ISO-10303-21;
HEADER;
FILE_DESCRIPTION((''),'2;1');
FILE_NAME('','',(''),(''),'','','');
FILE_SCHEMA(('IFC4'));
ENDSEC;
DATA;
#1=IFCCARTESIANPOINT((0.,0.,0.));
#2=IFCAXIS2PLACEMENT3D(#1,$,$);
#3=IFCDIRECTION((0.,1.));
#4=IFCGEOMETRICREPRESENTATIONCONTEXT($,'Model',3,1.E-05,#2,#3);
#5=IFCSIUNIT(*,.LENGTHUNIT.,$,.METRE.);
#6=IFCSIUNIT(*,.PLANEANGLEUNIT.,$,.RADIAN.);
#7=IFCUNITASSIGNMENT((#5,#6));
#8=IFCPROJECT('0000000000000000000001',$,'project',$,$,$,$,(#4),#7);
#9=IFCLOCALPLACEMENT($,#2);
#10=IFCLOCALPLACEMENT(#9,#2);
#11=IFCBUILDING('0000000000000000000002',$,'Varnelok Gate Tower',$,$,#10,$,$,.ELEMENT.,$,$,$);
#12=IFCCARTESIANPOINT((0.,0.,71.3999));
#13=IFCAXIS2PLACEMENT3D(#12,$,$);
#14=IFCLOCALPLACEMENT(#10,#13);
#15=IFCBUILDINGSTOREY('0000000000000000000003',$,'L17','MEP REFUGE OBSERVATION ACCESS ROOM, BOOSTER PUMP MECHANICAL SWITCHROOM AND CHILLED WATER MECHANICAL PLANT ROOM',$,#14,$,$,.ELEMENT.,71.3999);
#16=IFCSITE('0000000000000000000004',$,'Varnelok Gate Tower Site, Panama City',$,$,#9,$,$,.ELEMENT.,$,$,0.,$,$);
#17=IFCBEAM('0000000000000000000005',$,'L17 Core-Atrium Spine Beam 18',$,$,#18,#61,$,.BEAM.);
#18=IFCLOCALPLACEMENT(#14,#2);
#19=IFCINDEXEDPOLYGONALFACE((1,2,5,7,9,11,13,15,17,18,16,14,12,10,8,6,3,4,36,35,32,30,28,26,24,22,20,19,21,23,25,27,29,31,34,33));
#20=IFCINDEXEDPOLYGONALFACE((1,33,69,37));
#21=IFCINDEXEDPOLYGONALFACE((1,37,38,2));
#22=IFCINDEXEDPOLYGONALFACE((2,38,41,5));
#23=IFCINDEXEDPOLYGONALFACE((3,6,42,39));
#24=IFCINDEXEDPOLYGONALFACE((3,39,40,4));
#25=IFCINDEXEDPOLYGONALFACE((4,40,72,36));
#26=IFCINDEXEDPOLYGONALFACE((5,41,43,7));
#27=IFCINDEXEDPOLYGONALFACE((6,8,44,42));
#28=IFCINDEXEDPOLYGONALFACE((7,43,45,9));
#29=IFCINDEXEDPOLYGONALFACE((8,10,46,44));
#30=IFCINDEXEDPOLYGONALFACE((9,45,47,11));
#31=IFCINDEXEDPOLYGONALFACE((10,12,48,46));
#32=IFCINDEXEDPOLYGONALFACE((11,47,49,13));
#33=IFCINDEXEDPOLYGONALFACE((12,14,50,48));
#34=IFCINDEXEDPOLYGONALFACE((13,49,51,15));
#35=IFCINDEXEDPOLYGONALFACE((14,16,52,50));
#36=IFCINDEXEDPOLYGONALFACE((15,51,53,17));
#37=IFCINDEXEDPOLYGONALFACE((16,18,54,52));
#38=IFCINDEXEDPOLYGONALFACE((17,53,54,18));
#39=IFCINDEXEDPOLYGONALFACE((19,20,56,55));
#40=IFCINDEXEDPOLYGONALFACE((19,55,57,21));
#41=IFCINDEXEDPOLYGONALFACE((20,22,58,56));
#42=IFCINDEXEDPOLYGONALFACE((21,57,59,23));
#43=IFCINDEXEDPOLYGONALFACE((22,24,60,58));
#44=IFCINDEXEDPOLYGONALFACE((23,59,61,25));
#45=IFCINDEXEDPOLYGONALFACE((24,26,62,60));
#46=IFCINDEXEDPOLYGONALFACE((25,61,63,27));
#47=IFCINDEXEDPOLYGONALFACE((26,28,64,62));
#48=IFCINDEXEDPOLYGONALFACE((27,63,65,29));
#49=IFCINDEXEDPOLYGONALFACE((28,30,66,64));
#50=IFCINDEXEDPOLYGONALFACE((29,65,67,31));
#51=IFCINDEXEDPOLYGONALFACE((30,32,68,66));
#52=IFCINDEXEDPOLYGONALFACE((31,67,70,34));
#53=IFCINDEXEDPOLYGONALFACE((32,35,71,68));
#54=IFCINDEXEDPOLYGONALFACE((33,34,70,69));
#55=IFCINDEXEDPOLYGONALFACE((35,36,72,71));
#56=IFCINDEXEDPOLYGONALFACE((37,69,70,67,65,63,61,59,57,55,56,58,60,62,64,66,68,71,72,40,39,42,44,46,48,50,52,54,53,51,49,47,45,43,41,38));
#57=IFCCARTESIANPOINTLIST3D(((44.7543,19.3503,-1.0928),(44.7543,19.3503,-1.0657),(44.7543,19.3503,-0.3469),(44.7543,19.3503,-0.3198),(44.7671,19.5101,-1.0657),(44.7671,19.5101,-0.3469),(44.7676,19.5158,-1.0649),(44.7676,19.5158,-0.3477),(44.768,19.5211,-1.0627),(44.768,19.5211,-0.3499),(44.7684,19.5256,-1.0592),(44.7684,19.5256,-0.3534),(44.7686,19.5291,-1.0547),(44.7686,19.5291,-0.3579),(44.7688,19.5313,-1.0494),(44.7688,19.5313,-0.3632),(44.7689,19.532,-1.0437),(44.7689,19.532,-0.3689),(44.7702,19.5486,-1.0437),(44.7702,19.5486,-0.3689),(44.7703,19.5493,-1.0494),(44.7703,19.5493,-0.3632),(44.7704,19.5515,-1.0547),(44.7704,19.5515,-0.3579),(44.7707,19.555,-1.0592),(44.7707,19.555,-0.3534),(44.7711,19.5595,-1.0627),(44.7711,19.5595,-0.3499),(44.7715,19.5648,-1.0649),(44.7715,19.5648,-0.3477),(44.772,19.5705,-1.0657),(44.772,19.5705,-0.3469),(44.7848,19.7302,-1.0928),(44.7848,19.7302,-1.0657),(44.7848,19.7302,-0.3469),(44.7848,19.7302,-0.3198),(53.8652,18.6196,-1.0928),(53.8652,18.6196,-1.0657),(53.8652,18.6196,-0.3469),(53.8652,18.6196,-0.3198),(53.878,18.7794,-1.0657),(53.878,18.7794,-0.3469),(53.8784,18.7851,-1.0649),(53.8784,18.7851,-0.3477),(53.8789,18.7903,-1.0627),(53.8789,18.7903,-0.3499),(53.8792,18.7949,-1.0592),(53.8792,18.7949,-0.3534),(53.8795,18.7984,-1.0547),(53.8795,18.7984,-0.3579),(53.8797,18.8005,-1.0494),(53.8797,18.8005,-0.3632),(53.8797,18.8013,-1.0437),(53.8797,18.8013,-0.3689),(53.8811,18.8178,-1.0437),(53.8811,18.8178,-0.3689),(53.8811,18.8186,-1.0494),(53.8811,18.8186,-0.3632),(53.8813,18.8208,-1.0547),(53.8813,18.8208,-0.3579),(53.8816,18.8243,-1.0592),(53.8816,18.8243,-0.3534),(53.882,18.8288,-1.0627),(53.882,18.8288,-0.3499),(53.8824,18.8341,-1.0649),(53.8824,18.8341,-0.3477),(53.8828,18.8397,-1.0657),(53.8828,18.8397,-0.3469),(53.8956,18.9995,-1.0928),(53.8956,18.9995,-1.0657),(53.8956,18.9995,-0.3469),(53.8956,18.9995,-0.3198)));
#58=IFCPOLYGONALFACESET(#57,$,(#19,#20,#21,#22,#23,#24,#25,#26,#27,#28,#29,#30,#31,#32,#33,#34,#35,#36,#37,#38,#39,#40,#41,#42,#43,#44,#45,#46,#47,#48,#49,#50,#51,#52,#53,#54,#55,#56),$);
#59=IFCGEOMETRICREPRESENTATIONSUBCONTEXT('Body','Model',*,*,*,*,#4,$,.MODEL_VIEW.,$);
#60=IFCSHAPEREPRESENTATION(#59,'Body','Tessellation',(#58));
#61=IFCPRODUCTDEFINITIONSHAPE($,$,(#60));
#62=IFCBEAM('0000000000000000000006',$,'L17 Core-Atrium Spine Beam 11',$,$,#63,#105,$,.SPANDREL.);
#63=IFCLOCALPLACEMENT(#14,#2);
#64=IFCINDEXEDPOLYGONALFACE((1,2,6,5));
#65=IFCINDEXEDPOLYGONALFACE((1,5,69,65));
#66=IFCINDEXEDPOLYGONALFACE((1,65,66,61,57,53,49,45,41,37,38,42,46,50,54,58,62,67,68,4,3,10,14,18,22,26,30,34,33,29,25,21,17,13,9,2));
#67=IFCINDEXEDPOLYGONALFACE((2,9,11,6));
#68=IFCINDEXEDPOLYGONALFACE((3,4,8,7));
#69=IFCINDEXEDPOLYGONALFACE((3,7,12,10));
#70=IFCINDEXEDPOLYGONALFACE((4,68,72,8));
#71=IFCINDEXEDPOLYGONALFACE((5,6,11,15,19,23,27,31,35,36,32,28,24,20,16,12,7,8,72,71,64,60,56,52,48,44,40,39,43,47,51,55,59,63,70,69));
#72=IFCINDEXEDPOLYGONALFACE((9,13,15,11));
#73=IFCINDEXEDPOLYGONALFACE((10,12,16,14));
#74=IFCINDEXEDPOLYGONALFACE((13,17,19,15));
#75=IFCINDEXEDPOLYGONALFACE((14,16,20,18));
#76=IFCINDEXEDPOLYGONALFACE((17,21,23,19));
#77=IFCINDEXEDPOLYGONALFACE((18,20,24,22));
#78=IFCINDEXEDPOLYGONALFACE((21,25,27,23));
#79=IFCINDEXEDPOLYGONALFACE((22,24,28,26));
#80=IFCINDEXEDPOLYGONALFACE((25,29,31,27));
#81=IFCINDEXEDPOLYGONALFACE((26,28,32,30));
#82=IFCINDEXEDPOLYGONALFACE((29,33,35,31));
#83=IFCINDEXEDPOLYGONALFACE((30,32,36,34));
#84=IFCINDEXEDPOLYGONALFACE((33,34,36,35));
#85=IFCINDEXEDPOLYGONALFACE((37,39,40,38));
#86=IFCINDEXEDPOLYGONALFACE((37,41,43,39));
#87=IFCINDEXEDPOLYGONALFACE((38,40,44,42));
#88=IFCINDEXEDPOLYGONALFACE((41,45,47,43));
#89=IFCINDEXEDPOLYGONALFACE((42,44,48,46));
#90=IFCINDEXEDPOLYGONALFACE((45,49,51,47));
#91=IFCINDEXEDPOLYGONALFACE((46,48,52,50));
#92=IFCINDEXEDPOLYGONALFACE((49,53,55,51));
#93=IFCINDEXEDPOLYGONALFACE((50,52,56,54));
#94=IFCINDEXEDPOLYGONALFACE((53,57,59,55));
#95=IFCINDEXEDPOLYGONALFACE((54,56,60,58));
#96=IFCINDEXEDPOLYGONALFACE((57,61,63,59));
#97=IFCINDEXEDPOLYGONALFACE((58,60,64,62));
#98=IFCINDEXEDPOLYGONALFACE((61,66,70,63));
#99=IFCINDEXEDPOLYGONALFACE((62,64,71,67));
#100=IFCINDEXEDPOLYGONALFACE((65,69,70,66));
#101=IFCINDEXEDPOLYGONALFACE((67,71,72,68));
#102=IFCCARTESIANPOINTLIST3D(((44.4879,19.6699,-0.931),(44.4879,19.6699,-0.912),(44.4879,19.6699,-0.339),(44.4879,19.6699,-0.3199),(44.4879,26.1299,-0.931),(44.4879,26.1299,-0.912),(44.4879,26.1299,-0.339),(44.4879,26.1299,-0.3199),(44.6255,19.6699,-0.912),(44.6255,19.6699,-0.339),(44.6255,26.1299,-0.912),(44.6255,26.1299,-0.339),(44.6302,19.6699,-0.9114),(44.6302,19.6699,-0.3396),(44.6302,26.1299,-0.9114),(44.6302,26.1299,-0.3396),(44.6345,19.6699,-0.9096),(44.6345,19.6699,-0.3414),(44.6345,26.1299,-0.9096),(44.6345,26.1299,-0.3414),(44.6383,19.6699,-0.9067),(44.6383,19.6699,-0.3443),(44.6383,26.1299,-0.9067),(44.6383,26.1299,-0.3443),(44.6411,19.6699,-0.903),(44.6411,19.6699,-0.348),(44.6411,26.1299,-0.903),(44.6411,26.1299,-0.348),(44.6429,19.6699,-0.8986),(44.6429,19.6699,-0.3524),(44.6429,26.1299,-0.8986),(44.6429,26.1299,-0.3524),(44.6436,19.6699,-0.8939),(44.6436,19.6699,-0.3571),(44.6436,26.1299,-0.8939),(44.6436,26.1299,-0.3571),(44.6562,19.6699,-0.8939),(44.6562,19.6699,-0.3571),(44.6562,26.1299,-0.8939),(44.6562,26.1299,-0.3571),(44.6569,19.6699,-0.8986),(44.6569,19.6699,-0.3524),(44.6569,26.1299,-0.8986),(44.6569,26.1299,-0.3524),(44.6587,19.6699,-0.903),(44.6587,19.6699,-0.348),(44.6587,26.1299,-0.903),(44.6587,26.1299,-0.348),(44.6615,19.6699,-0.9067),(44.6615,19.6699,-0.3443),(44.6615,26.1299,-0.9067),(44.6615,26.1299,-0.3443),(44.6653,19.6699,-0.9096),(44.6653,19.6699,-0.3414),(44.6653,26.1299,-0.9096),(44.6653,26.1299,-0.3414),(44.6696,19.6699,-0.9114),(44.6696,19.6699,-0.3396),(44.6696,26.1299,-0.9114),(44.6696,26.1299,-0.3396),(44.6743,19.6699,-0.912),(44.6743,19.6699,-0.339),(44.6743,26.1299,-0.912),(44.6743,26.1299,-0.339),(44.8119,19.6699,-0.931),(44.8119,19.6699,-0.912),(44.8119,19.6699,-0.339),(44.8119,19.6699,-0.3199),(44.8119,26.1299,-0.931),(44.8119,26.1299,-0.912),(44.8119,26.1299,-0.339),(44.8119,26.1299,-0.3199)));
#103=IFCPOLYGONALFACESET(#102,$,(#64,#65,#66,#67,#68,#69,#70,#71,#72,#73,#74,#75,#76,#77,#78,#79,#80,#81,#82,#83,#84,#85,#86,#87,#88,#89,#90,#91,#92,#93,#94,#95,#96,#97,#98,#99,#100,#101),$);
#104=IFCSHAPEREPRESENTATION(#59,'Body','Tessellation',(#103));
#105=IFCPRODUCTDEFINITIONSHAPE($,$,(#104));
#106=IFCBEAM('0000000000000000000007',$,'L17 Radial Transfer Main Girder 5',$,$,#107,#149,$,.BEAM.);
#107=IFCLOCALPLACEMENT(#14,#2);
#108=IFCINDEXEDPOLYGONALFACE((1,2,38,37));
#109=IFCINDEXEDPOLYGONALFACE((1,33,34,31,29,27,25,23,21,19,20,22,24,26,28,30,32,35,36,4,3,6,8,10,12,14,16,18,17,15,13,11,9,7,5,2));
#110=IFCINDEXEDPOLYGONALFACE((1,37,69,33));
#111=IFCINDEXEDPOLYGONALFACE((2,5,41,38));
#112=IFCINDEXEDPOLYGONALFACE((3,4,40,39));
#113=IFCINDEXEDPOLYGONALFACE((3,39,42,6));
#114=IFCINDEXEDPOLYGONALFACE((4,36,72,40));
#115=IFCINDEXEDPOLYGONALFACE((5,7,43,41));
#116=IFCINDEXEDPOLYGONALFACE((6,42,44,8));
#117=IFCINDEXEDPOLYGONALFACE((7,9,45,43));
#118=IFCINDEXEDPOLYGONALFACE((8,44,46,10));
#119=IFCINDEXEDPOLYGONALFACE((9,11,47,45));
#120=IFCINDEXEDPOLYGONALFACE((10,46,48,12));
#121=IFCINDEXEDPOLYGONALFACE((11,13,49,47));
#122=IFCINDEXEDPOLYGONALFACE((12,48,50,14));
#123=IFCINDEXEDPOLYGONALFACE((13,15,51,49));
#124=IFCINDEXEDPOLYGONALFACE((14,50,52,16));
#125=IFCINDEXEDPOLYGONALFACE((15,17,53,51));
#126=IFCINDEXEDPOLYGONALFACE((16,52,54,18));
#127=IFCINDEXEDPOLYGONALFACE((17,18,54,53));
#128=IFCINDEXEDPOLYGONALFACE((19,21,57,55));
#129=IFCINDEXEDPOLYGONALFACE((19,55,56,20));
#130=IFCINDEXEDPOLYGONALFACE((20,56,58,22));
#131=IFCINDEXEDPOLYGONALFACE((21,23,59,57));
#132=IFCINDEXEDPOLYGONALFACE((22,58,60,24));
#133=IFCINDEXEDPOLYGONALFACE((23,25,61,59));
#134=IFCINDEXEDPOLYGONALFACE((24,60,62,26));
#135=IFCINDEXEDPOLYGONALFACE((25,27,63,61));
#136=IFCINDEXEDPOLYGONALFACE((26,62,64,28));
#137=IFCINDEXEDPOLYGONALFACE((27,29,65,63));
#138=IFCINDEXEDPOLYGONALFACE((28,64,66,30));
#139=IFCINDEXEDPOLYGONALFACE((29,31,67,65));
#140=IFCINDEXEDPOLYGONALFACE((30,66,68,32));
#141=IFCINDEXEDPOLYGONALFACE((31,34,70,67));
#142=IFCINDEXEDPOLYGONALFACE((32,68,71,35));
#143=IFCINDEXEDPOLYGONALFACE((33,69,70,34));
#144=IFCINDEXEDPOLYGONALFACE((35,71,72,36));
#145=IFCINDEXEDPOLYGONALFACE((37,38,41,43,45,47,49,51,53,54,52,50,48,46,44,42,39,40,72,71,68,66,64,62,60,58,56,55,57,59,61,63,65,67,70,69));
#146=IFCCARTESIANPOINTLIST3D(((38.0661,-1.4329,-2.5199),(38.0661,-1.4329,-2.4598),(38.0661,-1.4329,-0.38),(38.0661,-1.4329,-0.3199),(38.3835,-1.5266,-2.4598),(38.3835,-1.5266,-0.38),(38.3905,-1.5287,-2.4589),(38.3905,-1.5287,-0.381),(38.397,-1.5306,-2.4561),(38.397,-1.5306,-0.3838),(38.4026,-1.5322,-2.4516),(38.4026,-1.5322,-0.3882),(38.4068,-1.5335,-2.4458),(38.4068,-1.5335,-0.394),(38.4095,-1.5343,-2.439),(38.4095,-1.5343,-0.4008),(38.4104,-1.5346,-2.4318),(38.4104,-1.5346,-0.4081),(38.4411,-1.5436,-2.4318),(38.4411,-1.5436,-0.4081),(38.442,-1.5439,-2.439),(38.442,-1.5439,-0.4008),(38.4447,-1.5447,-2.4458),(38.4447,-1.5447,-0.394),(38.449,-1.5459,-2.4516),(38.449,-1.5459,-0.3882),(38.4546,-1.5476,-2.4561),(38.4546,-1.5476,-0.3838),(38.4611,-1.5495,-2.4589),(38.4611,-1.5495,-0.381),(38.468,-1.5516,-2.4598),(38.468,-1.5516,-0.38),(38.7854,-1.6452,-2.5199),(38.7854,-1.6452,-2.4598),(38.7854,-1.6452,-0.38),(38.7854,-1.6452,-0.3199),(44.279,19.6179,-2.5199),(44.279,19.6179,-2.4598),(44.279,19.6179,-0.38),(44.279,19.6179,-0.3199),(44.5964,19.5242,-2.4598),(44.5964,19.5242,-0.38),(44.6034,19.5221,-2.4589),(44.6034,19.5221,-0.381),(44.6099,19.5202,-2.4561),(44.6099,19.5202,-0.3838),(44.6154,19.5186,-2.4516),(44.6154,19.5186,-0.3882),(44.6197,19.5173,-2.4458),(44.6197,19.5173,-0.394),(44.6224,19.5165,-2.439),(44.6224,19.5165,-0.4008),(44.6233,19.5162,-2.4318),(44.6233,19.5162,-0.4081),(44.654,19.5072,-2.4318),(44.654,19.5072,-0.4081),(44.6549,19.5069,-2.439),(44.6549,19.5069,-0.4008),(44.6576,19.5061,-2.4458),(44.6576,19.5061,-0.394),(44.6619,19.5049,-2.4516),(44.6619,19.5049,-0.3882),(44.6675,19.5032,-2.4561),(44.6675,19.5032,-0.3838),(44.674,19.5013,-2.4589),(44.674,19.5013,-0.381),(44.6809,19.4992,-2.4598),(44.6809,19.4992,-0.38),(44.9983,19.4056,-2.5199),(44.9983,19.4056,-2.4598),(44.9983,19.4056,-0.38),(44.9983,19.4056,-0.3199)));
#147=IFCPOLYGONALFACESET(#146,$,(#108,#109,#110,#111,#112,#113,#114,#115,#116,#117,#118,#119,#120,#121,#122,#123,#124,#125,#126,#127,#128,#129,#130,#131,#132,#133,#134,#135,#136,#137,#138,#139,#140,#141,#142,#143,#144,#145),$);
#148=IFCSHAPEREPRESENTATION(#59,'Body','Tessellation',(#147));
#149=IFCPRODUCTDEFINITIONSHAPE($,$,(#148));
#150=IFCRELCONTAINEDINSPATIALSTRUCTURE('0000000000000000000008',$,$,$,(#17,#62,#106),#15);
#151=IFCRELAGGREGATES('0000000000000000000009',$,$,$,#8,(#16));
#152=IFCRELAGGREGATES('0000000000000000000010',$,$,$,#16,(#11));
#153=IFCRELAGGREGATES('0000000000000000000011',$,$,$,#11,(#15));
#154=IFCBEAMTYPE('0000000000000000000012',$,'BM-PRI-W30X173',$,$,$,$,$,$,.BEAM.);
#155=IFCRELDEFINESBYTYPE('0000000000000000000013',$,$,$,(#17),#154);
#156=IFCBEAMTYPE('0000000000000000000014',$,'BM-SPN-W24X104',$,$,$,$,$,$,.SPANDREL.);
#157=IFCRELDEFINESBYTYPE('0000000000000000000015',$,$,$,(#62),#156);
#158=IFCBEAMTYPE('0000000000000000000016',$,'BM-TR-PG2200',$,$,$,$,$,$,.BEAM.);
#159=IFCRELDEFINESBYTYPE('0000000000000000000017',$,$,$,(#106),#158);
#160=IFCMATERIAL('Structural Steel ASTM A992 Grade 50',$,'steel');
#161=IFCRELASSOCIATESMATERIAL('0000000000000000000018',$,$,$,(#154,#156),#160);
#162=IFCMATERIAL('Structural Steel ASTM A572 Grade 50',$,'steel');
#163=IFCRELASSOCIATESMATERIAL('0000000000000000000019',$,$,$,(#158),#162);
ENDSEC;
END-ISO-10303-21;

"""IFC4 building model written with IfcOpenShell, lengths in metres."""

from ifc_helpers import new_model, si_unit, direction, frame, origin, origin_2d, place, context, subcontext, project, spatial, i_section, extrude, material, material_profile, profile_set, type_object, element, save


model = new_model("IFC4")

# Units and contexts
model_context = context("Model", 3, precision=1e-05, world=origin(), true_north=direction((0.0, 1.0)))
body_context = subcontext(model_context, "Body", "Model", "MODEL_VIEW")
ifc_project = project(units=[si_unit("LENGTHUNIT", "METRE"), si_unit("PLANEANGLEUNIT", "RADIAN")], contexts=[model_context])

# Site, building, storey
site_placement = place(None, origin())
site = spatial("IfcSite", under=ifc_project, at=site_placement, Name="Varnelok Gate Tower Site, Panama City", CompositionType="ELEMENT", RefElevation=0.0)
building_placement = place(site_placement, origin())
building = spatial("IfcBuilding", under=site, at=building_placement, Name="Varnelok Gate Tower", CompositionType="ELEMENT")
storey_placement = place(building_placement, frame((0.0, 0.0, 71.3999)))
storey = spatial("IfcBuildingStorey", under=building, at=storey_placement, Name="L17", Description="MEP REFUGE OBSERVATION ACCESS ROOM, BOOSTER PUMP MECHANICAL SWITCHROOM AND CHILLED WATER MECHANICAL PLANT ROOM", CompositionType="ELEMENT", Elevation=71.3999)

# Shared definitions
ifc_material_1 = material(Name="Structural Steel ASTM A992 Grade 50", Category="steel")

# Beams
ifc_material_profile_1 = material_profile(ifc_material_1, i_section(OverallWidth=0.3811, OverallDepth=0.7729, WebThickness=0.0166, FlangeThickness=0.0271, FilletRadius=0.022, at=origin_2d()), Name="W30X173")
ifc_profile_set_1 = profile_set([ifc_material_profile_1], Name="Structural Steel ASTM A992 Grade 50")
beam_type_1 = type_object("IfcBeamType", Name="BM-PRI-W30X173", PredefinedType="BEAM", material=ifc_profile_set_1)
beam_1_placement = place(storey_placement, frame((44.7695, 19.5403, -0.7063), z_axis=(0.996799, -0.079946, 0.0), x_axis=(0.079946, 0.996799, 0.0)))
element("IfcBeam", 1, at=beam_1_placement, inside=storey, type_object=beam_type_1, Name="L17 Core-Atrium Spine Beam 18", PredefinedType="BEAM", context=body_context, shape_type="SweptSolid", body=[
    extrude(i_section(OverallWidth=0.3811, OverallDepth=0.7729, WebThickness=0.0166, FlangeThickness=0.0271, FilletRadius=0.022, at=origin_2d()), origin(), (0.0, 0.0, 1.0), 9.1401),
])
ifc_material_profile_2 = material_profile(ifc_material_1, i_section(OverallWidth=0.324, OverallDepth=0.6111, WebThickness=0.0127, FlangeThickness=0.019, FilletRadius=0.0181, at=origin_2d()), Name="W24X104")
ifc_profile_set_2 = profile_set([ifc_material_profile_2], Name="Structural Steel ASTM A992 Grade 50")
beam_type_2 = type_object("IfcBeamType", Name="BM-SPN-W24X104", PredefinedType="SPANDREL", material=ifc_profile_set_2)
beam_2_placement = place(storey_placement, frame((44.6499, 19.6699, -0.6255), z_axis=(0.0, 1.0, 0.0), x_axis=(-1.0, 0.0, 0.0)))
element("IfcBeam", 2, at=beam_2_placement, inside=storey, type_object=beam_type_2, Name="L17 Core-Atrium Spine Beam 11", PredefinedType="SPANDREL", context=body_context, shape_type="SweptSolid", body=[
    extrude(i_section(OverallWidth=0.324, OverallDepth=0.6111, WebThickness=0.0127, FlangeThickness=0.019, FilletRadius=0.0181, at=origin_2d()), origin(), (0.0, 0.0, 1.0), 6.46),
])
ifc_material_2 = material(Name="Structural Steel ASTM A572 Grade 50", Category="steel")
ifc_material_profile_3 = material_profile(ifc_material_2, i_section(OverallWidth=0.75, OverallDepth=2.2, WebThickness=0.032, FlangeThickness=0.0601, FilletRadius=0.0281, at=origin_2d()), Name="PG2200X750")
ifc_profile_set_3 = profile_set([ifc_material_profile_3], Name="Structural Steel ASTM A572 Grade 50")
beam_type_3 = type_object("IfcBeamType", Name="BM-TR-PG2200", PredefinedType="BEAM", material=ifc_profile_set_3)
beam_3_placement = place(storey_placement, frame((44.6387, 19.5117, -1.4199), z_axis=(-0.283067, -0.9591, 0.0), x_axis=(0.9591, -0.283067, 0.0)))
element("IfcBeam", 3, at=beam_3_placement, inside=storey, type_object=beam_type_3, Name="L17 Radial Transfer Main Girder 5", PredefinedType="BEAM", context=body_context, shape_type="SweptSolid", body=[
    extrude(i_section(OverallWidth=0.75, OverallDepth=2.2, WebThickness=0.032, FlangeThickness=0.0601, FilletRadius=0.0281, at=origin_2d()), origin(), (0.0, 0.0, 1.0), 21.9485),
])

save(model, "model.ifc")
